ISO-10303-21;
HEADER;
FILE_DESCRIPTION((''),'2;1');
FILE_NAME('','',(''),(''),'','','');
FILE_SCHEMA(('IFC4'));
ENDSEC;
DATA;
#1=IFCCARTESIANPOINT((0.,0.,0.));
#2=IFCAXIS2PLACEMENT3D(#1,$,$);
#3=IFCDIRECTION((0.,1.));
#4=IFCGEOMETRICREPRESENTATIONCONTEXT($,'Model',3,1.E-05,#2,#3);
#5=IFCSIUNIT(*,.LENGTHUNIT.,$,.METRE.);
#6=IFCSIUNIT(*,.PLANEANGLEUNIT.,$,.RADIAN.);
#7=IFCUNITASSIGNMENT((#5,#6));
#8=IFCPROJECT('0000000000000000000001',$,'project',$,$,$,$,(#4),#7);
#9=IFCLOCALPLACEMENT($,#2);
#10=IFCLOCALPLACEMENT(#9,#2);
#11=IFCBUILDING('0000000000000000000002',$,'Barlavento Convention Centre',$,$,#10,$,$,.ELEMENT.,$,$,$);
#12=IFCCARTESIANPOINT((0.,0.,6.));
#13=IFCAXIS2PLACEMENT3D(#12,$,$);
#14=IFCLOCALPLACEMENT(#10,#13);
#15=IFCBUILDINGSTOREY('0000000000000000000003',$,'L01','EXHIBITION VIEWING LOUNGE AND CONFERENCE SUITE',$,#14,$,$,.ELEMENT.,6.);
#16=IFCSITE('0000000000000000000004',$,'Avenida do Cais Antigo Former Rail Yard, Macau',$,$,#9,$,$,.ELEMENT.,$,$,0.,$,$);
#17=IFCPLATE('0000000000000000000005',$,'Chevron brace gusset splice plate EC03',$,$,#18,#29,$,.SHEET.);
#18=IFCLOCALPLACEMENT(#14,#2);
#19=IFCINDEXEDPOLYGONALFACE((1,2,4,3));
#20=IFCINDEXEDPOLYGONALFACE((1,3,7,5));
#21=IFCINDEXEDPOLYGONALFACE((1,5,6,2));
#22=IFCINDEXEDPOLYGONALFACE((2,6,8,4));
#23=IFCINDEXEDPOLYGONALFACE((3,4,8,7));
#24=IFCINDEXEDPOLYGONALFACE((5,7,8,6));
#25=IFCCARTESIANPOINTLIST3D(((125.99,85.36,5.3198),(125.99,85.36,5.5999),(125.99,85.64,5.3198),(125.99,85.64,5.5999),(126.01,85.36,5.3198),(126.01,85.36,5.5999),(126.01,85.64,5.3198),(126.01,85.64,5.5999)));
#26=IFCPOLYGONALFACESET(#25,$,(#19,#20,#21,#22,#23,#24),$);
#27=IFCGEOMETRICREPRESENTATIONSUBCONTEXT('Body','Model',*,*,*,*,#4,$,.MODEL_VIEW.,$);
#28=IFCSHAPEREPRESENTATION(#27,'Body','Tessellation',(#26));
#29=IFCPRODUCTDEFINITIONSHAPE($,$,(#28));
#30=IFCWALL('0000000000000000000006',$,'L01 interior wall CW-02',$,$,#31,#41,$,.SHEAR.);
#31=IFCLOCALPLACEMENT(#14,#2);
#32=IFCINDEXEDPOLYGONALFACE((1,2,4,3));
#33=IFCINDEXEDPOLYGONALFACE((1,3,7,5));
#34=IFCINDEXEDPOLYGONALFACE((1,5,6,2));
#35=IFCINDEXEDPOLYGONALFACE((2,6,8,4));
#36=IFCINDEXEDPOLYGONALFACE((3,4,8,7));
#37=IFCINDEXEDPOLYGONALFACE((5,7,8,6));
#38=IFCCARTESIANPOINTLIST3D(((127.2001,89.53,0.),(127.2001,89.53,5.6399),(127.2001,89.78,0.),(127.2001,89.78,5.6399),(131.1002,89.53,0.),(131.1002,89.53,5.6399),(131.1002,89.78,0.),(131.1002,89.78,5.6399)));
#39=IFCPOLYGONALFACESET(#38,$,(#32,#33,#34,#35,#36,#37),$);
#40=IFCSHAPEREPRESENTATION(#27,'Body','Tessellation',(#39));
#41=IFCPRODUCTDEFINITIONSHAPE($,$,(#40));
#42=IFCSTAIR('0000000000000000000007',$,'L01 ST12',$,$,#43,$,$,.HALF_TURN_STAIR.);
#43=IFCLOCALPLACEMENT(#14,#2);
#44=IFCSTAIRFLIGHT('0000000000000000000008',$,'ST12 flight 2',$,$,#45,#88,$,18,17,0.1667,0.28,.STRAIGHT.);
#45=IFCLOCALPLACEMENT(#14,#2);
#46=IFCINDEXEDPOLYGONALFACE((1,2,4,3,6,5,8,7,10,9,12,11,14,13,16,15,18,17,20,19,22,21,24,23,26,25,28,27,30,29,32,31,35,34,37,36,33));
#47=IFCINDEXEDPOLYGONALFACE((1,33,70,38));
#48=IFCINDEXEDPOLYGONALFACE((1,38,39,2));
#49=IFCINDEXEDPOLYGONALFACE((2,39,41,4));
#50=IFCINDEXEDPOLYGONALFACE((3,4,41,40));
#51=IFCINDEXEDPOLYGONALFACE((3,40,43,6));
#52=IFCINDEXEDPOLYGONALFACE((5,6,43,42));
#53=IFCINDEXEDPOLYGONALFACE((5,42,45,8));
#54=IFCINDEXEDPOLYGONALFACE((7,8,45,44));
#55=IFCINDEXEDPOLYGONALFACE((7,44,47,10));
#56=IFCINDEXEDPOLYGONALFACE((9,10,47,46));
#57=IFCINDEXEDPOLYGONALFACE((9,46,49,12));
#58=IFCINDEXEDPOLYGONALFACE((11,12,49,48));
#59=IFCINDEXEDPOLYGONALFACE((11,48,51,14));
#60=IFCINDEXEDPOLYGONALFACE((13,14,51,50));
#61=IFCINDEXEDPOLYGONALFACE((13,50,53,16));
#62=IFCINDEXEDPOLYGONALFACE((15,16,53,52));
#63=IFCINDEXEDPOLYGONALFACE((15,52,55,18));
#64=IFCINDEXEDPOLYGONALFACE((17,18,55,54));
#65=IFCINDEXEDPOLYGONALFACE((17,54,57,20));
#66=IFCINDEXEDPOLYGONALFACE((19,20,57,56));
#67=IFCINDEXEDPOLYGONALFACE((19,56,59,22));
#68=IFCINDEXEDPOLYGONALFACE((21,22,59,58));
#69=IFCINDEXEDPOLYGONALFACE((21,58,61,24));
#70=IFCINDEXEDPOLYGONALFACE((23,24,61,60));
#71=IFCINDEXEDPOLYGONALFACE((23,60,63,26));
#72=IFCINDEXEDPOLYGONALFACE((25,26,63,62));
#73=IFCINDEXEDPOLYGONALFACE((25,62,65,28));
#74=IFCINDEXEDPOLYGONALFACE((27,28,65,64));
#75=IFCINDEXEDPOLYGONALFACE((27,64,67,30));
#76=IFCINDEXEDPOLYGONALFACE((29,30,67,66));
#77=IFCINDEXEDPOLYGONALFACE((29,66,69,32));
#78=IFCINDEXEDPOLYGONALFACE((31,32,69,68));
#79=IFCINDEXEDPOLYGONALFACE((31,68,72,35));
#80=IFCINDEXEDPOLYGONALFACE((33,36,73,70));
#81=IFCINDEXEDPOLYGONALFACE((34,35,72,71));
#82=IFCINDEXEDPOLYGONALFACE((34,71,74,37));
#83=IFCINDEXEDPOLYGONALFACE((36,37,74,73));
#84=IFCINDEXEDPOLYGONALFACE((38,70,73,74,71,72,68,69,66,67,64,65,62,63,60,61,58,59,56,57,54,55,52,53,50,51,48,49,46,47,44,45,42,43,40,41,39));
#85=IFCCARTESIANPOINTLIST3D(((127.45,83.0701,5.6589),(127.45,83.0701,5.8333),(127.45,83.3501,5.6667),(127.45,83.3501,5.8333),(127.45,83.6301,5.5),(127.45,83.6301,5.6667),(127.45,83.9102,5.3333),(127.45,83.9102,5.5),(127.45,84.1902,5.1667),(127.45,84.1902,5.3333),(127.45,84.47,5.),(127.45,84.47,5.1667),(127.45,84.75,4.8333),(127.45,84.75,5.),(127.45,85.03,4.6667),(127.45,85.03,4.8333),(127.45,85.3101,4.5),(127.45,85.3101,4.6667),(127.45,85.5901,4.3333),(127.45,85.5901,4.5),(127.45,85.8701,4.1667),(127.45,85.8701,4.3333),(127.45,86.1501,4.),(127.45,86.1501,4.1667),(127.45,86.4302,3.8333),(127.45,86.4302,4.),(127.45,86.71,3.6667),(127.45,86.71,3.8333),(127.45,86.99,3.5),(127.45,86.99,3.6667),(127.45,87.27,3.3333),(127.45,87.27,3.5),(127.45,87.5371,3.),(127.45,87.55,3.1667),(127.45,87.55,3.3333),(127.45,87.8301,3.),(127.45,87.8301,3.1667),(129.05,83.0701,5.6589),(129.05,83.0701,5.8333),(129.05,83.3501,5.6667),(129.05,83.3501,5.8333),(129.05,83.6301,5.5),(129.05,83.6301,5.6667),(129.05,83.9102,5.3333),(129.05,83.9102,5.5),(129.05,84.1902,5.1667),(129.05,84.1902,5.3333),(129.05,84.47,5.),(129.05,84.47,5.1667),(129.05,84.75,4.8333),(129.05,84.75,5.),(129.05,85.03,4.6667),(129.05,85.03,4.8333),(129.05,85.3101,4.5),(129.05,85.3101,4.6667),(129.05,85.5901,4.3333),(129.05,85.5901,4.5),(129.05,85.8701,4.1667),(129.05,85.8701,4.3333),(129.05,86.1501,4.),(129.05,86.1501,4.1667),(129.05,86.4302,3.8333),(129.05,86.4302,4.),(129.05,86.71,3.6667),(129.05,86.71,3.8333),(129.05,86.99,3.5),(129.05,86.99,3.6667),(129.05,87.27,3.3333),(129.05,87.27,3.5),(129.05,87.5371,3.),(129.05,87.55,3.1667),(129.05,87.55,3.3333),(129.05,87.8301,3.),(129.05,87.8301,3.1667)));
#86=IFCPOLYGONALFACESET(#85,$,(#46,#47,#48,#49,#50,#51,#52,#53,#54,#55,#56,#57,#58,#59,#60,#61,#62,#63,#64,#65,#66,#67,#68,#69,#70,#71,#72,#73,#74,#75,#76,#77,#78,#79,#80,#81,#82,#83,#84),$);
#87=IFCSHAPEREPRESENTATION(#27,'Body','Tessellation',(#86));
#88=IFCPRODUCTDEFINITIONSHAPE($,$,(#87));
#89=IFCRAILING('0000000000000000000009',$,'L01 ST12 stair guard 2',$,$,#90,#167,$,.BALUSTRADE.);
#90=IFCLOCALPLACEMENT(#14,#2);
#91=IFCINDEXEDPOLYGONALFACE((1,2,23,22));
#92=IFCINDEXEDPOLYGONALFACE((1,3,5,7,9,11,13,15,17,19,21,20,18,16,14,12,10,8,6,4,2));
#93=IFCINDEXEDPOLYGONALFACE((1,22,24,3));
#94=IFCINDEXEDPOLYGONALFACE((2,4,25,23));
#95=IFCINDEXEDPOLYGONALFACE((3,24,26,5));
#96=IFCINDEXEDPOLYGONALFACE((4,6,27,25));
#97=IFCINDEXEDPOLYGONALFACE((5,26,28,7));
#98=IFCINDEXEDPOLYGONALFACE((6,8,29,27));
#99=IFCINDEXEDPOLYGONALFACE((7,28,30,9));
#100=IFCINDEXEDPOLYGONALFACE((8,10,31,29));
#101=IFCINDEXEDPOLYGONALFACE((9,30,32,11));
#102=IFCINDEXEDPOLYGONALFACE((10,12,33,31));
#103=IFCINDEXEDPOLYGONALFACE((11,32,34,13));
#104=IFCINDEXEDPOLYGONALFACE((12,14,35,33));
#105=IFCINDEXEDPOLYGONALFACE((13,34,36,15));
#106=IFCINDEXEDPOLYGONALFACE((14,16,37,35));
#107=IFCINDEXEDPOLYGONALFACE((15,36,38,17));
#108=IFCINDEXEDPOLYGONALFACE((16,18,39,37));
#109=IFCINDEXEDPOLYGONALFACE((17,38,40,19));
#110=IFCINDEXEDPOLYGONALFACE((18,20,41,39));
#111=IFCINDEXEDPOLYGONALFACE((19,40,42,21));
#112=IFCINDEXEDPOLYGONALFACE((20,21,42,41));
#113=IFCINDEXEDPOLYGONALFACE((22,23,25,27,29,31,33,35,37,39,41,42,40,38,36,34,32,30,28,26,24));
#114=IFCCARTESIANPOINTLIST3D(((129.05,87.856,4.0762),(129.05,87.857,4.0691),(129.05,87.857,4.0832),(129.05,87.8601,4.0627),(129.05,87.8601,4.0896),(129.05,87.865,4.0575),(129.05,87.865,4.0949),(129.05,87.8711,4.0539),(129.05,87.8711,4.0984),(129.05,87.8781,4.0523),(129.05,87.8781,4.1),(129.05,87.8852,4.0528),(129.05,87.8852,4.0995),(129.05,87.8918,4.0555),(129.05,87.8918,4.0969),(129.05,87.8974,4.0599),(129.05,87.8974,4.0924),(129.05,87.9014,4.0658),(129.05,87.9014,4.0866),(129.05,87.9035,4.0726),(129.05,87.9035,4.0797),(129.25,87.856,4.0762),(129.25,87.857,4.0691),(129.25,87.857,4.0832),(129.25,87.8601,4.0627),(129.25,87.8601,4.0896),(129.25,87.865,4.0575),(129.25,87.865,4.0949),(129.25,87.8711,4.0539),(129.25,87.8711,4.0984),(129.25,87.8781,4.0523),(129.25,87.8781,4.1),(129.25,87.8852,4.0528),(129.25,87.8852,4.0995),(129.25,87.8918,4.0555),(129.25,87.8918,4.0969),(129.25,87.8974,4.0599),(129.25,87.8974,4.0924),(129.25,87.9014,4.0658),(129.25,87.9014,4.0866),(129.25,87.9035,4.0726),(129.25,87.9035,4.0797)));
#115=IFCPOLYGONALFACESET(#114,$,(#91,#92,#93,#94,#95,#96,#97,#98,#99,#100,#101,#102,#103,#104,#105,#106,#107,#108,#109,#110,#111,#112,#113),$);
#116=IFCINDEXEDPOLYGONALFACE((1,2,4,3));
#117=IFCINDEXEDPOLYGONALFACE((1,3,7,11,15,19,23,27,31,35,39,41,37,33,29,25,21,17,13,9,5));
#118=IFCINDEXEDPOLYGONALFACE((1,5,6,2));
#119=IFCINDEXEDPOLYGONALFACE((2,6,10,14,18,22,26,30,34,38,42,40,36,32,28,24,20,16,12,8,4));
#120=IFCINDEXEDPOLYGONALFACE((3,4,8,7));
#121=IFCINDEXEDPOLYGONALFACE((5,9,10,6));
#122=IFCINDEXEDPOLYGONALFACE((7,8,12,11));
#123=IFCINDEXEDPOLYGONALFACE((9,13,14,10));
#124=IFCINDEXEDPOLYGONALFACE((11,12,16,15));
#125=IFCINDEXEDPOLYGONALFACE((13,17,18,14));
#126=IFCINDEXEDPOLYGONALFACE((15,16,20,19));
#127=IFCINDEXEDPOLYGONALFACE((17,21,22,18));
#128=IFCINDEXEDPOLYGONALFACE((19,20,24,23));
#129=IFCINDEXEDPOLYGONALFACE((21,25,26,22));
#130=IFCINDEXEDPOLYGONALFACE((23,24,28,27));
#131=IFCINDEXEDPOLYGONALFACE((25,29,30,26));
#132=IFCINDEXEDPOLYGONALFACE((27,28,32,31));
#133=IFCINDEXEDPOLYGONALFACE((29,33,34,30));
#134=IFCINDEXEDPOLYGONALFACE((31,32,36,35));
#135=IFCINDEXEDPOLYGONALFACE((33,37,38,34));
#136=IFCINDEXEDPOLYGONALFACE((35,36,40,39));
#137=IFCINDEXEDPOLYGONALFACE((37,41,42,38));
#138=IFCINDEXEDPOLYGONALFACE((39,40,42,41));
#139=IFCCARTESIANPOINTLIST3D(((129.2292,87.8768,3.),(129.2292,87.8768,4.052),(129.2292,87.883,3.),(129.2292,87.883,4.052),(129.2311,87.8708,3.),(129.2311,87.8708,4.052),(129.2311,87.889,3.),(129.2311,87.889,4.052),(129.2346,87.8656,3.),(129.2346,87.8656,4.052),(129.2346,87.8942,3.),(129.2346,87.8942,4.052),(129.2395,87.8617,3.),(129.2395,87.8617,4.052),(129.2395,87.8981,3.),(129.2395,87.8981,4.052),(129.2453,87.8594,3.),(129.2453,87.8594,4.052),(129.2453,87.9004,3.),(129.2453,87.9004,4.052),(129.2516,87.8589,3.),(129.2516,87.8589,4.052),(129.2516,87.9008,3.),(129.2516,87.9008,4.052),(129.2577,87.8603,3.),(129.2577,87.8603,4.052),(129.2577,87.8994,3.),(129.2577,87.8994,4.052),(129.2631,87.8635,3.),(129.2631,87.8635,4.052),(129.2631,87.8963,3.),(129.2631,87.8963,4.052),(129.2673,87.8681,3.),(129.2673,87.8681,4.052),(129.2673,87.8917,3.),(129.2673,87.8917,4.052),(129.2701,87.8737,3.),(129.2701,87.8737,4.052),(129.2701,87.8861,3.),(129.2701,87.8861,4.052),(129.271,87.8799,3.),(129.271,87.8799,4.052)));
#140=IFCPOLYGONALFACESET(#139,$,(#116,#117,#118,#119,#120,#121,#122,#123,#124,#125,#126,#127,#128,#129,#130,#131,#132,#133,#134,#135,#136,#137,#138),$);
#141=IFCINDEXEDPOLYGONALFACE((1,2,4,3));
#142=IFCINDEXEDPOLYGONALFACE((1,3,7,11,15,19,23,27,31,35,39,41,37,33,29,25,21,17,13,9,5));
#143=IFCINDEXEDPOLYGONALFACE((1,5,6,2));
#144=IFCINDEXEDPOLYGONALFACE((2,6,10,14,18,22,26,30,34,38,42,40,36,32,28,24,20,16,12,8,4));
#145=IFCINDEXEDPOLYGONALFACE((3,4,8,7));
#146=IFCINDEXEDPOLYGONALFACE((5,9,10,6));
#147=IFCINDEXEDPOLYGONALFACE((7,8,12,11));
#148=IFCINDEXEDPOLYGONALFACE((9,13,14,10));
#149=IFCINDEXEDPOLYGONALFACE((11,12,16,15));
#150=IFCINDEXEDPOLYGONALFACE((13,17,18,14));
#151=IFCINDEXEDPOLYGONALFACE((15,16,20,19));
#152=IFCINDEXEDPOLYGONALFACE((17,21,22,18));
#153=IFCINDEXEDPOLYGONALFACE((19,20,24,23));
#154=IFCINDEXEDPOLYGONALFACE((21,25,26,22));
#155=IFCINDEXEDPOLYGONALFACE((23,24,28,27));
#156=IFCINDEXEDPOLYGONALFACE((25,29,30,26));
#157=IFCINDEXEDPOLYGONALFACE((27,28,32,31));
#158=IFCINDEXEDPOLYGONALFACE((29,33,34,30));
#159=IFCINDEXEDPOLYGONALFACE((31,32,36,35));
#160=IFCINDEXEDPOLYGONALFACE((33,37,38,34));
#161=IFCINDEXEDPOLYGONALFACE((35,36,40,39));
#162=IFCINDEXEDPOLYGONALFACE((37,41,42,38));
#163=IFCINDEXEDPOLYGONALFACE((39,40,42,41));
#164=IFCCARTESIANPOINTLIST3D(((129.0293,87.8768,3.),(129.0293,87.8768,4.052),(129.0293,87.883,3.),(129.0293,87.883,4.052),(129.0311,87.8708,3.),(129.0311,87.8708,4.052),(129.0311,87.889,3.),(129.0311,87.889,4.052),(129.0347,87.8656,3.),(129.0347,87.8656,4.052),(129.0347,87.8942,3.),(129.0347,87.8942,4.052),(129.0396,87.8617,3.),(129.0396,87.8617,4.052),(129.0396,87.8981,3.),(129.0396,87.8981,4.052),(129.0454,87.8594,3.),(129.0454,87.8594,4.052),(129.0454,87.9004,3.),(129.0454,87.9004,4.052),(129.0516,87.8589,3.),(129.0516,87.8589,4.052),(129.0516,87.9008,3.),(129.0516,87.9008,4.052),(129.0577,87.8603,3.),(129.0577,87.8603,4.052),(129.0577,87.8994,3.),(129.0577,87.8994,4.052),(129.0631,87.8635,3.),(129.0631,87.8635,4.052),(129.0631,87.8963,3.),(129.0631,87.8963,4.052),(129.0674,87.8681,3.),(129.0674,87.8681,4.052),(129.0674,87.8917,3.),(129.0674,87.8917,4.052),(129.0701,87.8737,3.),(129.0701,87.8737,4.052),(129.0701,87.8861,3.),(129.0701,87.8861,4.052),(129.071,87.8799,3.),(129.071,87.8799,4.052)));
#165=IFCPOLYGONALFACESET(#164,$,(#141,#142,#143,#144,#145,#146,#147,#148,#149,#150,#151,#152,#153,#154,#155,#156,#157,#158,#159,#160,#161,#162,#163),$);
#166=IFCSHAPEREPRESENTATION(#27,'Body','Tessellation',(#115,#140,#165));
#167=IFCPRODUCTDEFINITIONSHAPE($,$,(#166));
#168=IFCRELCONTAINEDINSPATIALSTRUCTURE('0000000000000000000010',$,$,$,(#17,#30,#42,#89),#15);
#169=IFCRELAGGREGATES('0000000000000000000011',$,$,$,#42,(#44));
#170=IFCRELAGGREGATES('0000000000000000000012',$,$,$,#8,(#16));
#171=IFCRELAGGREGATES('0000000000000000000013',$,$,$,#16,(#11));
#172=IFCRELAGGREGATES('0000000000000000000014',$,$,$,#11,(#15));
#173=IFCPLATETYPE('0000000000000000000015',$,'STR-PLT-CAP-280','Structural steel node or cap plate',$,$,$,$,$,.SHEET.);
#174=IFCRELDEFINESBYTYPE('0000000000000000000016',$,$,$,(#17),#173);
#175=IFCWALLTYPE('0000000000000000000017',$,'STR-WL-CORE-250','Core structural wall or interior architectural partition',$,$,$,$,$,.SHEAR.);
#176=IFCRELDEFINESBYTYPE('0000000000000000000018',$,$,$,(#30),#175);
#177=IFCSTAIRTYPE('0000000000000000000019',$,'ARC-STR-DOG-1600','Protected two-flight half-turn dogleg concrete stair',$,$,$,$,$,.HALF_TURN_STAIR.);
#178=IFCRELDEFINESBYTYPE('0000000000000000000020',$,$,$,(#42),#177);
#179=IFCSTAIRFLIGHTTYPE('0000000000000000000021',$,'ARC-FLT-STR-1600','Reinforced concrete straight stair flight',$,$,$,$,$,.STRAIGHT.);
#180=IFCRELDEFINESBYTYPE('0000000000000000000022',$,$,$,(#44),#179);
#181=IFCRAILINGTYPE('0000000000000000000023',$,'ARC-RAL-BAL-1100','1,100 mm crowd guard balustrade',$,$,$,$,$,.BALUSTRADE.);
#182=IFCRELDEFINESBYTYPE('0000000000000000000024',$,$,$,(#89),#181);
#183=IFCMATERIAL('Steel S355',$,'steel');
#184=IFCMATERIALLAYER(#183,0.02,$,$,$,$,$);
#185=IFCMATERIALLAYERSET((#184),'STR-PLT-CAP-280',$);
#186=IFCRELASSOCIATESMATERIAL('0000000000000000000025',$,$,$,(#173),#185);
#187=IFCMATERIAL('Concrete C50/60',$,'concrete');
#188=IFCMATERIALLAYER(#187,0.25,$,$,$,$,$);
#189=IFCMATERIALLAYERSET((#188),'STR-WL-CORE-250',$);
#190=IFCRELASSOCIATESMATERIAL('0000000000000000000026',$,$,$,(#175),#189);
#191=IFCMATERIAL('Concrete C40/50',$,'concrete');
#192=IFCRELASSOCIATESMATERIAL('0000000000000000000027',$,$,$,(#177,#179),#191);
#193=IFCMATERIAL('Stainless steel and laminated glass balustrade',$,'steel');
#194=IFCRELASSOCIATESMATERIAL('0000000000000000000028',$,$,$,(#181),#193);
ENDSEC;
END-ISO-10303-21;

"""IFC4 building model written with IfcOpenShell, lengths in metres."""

from ifc_helpers import new_model, si_unit, direction, frame, frame_2d, origin, origin_2d, place, context, subcontext, project, spatial, polyline, rectangle, circle, outline, extrude, material, layer, layer_set, type_object, element, aggregate, save


model = new_model("IFC4")

# Units and contexts
model_context = context("Model", 3, precision=1e-05, world=origin(), true_north=direction((0.0, 1.0)))
body_context = subcontext(model_context, "Body", "Model", "MODEL_VIEW")
ifc_project = project(units=[si_unit("LENGTHUNIT", "METRE"), si_unit("PLANEANGLEUNIT", "RADIAN")], contexts=[model_context])

# Site, building, storey
site_placement = place(None, origin())
site = spatial("IfcSite", under=ifc_project, at=site_placement, Name="Avenida do Cais Antigo Former Rail Yard, Macau", CompositionType="ELEMENT", RefElevation=0.0)
building_placement = place(site_placement, origin())
building = spatial("IfcBuilding", under=site, at=building_placement, Name="Barlavento Convention Centre", CompositionType="ELEMENT")
storey_placement = place(building_placement, frame((0.0, 0.0, 6.0)))
storey = spatial("IfcBuildingStorey", under=building, at=storey_placement, Name="L01", Description="EXHIBITION VIEWING LOUNGE AND CONFERENCE SUITE", CompositionType="ELEMENT", Elevation=6.0)

# Shared definitions
ifc_material_1 = material(Name="Concrete C40/50", Category="concrete")

# Shared definitions
ifc_material_2 = material(Name="Steel S355", Category="steel")

# Plate
ifc_layer_1 = layer(ifc_material_2, 0.02)
ifc_layer_set_1 = layer_set([ifc_layer_1], Name="STR-PLT-CAP-280")
plate_type_1 = type_object("IfcPlateType", Name="STR-PLT-CAP-280", Description="Structural steel node or cap plate", PredefinedType="SHEET", material=ifc_layer_set_1)
plate_1_placement = place(storey_placement, frame((126.0, 85.5, 5.3198), z_axis=(0.0, 0.0, 1.0), x_axis=(1.0, 0.0, 0.0)))
element("IfcPlate", 1, at=plate_1_placement, inside=storey, type_object=plate_type_1, Name="Chevron brace gusset splice plate EC03", PredefinedType="SHEET", context=body_context, shape_type="SweptSolid", body=[
    extrude(rectangle(XDim=0.02, YDim=0.28, at=origin_2d()), origin(), (0.0, 0.0, 1.0), 0.28),
])

# Wall
ifc_material_3 = material(Name="Concrete C50/60", Category="concrete")
ifc_layer_2 = layer(ifc_material_3, 0.25)
ifc_layer_set_2 = layer_set([ifc_layer_2], Name="STR-WL-CORE-250")
wall_type = type_object("IfcWallType", Name="STR-WL-CORE-250", Description="Core structural wall or interior architectural partition", PredefinedType="SHEAR", material=ifc_layer_set_2)
wall_placement = place(storey_placement, frame((127.2, 89.655, 0.0), z_axis=(0.0, 0.0, 1.0), x_axis=(1.0, 0.0, 0.0)))
element("IfcWall", 2, at=wall_placement, inside=storey, type_object=wall_type, Name="L01 interior wall CW-02", PredefinedType="SHEAR", context=body_context, shape_type="SweptSolid", body=[
    extrude(rectangle(XDim=3.9001, YDim=0.25, at=frame_2d((1.9502, 0.0))), origin(), (0.0, 0.0, 1.0), 5.6399),
])

# Stair, stair flight
stair_type = type_object("IfcStairType", Name="ARC-STR-DOG-1600", Description="Protected two-flight half-turn dogleg concrete stair", PredefinedType="HALF_TURN_STAIR", material=ifc_material_1)
stair_placement = place(storey_placement, origin())
stair = element("IfcStair", 3, at=stair_placement, inside=storey, type_object=stair_type, Name="L01 ST12", PredefinedType="HALF_TURN_STAIR")
stair_flight_type = type_object("IfcStairFlightType", Name="ARC-FLT-STR-1600", Description="Reinforced concrete straight stair flight", PredefinedType="STRAIGHT", material=ifc_material_1)
stair_flight_placement = place(storey_placement, frame((128.25, 87.8301, 3.0), z_axis=(0.0, 0.0, 1.0), x_axis=(0.0, -1.0, 0.0)))
stair_flight = element("IfcStairFlight", 4, at=stair_flight_placement, type_object=stair_flight_type, Name="ST12 flight 2", NumberOfRisers=18, NumberOfTreads=17, PredefinedType="STRAIGHT", RiserHeight=0.1667, TreadLength=0.28, context=body_context, shape_type="SweptSolid", body=[
    extrude(outline(polyline([(0.0, 0.0), (0.0, 0.1667), (0.28, 0.1667), (0.28, 0.3333), (0.5601, 0.3333), (0.5601, 0.5), (0.8401, 0.5), (0.8401, 0.6667), (1.1201, 0.6667), (1.1201, 0.8333), (1.3999, 0.8333), (1.3999, 1.0), (1.6799, 1.0), (1.6799, 1.1667), (1.96, 1.1667), (1.96, 1.3333), (2.24, 1.3333), (2.24, 1.5), (2.52, 1.5), (2.52, 1.6667), (2.8, 1.6667), (2.8, 1.8333), (3.0801, 1.8333), (3.0801, 2.0), (3.3601, 2.0), (3.3601, 2.1667), (3.6399, 2.1667), (3.6399, 2.3333), (3.9199, 2.3333), (3.9199, 2.5), (4.2, 2.5), (4.2, 2.6667), (4.48, 2.6667), (4.48, 2.8333), (4.76, 2.8333), (4.76, 3.0), (4.76, 2.6589), (0.293, 0.0), (0.0, 0.0)])), frame((0.0, 0.8, 0.0), z_axis=(0.0, -1.0, 0.0), x_axis=(1.0, 0.0, 0.0)), (0.0, 0.0, 1.0), 1.6001),
])
aggregate(stair, [stair_flight])

# Railing
ifc_material_4 = material(Name="Stainless steel and laminated glass balustrade", Category="steel")
railing_type_1 = type_object("IfcRailingType", Name="ARC-RAL-BAL-1100", Description="1,100 mm crowd guard balustrade", PredefinedType="BALUSTRADE", material=ifc_material_4)
railing_1_placement = place(storey_placement, frame((129.25, 87.8799, 3.0)))
element("IfcRailing", 5, at=railing_1_placement, inside=storey, type_object=railing_type_1, Name="L01 ST12 stair guard 2", PredefinedType="BALUSTRADE", context=body_context, shape_type="SweptSolid", body=[
    extrude(circle(Radius=0.0239, at=origin_2d()), frame((0.0, 0.0, 1.0762), z_axis=(-1.0, 0.0, 0.0), x_axis=(0.0, -1.0, 0.0)), (0.0, 0.0, 1.0), 0.2),
    extrude(circle(Radius=0.021, at=origin_2d()), origin(), (0.0, 0.0, 1.0), 1.052),
    extrude(circle(Radius=0.021, at=origin_2d()), frame((-0.2, 0.0, 0.0)), (0.0, 0.0, 1.0), 1.052),
])

save(model, "model.ifc")
